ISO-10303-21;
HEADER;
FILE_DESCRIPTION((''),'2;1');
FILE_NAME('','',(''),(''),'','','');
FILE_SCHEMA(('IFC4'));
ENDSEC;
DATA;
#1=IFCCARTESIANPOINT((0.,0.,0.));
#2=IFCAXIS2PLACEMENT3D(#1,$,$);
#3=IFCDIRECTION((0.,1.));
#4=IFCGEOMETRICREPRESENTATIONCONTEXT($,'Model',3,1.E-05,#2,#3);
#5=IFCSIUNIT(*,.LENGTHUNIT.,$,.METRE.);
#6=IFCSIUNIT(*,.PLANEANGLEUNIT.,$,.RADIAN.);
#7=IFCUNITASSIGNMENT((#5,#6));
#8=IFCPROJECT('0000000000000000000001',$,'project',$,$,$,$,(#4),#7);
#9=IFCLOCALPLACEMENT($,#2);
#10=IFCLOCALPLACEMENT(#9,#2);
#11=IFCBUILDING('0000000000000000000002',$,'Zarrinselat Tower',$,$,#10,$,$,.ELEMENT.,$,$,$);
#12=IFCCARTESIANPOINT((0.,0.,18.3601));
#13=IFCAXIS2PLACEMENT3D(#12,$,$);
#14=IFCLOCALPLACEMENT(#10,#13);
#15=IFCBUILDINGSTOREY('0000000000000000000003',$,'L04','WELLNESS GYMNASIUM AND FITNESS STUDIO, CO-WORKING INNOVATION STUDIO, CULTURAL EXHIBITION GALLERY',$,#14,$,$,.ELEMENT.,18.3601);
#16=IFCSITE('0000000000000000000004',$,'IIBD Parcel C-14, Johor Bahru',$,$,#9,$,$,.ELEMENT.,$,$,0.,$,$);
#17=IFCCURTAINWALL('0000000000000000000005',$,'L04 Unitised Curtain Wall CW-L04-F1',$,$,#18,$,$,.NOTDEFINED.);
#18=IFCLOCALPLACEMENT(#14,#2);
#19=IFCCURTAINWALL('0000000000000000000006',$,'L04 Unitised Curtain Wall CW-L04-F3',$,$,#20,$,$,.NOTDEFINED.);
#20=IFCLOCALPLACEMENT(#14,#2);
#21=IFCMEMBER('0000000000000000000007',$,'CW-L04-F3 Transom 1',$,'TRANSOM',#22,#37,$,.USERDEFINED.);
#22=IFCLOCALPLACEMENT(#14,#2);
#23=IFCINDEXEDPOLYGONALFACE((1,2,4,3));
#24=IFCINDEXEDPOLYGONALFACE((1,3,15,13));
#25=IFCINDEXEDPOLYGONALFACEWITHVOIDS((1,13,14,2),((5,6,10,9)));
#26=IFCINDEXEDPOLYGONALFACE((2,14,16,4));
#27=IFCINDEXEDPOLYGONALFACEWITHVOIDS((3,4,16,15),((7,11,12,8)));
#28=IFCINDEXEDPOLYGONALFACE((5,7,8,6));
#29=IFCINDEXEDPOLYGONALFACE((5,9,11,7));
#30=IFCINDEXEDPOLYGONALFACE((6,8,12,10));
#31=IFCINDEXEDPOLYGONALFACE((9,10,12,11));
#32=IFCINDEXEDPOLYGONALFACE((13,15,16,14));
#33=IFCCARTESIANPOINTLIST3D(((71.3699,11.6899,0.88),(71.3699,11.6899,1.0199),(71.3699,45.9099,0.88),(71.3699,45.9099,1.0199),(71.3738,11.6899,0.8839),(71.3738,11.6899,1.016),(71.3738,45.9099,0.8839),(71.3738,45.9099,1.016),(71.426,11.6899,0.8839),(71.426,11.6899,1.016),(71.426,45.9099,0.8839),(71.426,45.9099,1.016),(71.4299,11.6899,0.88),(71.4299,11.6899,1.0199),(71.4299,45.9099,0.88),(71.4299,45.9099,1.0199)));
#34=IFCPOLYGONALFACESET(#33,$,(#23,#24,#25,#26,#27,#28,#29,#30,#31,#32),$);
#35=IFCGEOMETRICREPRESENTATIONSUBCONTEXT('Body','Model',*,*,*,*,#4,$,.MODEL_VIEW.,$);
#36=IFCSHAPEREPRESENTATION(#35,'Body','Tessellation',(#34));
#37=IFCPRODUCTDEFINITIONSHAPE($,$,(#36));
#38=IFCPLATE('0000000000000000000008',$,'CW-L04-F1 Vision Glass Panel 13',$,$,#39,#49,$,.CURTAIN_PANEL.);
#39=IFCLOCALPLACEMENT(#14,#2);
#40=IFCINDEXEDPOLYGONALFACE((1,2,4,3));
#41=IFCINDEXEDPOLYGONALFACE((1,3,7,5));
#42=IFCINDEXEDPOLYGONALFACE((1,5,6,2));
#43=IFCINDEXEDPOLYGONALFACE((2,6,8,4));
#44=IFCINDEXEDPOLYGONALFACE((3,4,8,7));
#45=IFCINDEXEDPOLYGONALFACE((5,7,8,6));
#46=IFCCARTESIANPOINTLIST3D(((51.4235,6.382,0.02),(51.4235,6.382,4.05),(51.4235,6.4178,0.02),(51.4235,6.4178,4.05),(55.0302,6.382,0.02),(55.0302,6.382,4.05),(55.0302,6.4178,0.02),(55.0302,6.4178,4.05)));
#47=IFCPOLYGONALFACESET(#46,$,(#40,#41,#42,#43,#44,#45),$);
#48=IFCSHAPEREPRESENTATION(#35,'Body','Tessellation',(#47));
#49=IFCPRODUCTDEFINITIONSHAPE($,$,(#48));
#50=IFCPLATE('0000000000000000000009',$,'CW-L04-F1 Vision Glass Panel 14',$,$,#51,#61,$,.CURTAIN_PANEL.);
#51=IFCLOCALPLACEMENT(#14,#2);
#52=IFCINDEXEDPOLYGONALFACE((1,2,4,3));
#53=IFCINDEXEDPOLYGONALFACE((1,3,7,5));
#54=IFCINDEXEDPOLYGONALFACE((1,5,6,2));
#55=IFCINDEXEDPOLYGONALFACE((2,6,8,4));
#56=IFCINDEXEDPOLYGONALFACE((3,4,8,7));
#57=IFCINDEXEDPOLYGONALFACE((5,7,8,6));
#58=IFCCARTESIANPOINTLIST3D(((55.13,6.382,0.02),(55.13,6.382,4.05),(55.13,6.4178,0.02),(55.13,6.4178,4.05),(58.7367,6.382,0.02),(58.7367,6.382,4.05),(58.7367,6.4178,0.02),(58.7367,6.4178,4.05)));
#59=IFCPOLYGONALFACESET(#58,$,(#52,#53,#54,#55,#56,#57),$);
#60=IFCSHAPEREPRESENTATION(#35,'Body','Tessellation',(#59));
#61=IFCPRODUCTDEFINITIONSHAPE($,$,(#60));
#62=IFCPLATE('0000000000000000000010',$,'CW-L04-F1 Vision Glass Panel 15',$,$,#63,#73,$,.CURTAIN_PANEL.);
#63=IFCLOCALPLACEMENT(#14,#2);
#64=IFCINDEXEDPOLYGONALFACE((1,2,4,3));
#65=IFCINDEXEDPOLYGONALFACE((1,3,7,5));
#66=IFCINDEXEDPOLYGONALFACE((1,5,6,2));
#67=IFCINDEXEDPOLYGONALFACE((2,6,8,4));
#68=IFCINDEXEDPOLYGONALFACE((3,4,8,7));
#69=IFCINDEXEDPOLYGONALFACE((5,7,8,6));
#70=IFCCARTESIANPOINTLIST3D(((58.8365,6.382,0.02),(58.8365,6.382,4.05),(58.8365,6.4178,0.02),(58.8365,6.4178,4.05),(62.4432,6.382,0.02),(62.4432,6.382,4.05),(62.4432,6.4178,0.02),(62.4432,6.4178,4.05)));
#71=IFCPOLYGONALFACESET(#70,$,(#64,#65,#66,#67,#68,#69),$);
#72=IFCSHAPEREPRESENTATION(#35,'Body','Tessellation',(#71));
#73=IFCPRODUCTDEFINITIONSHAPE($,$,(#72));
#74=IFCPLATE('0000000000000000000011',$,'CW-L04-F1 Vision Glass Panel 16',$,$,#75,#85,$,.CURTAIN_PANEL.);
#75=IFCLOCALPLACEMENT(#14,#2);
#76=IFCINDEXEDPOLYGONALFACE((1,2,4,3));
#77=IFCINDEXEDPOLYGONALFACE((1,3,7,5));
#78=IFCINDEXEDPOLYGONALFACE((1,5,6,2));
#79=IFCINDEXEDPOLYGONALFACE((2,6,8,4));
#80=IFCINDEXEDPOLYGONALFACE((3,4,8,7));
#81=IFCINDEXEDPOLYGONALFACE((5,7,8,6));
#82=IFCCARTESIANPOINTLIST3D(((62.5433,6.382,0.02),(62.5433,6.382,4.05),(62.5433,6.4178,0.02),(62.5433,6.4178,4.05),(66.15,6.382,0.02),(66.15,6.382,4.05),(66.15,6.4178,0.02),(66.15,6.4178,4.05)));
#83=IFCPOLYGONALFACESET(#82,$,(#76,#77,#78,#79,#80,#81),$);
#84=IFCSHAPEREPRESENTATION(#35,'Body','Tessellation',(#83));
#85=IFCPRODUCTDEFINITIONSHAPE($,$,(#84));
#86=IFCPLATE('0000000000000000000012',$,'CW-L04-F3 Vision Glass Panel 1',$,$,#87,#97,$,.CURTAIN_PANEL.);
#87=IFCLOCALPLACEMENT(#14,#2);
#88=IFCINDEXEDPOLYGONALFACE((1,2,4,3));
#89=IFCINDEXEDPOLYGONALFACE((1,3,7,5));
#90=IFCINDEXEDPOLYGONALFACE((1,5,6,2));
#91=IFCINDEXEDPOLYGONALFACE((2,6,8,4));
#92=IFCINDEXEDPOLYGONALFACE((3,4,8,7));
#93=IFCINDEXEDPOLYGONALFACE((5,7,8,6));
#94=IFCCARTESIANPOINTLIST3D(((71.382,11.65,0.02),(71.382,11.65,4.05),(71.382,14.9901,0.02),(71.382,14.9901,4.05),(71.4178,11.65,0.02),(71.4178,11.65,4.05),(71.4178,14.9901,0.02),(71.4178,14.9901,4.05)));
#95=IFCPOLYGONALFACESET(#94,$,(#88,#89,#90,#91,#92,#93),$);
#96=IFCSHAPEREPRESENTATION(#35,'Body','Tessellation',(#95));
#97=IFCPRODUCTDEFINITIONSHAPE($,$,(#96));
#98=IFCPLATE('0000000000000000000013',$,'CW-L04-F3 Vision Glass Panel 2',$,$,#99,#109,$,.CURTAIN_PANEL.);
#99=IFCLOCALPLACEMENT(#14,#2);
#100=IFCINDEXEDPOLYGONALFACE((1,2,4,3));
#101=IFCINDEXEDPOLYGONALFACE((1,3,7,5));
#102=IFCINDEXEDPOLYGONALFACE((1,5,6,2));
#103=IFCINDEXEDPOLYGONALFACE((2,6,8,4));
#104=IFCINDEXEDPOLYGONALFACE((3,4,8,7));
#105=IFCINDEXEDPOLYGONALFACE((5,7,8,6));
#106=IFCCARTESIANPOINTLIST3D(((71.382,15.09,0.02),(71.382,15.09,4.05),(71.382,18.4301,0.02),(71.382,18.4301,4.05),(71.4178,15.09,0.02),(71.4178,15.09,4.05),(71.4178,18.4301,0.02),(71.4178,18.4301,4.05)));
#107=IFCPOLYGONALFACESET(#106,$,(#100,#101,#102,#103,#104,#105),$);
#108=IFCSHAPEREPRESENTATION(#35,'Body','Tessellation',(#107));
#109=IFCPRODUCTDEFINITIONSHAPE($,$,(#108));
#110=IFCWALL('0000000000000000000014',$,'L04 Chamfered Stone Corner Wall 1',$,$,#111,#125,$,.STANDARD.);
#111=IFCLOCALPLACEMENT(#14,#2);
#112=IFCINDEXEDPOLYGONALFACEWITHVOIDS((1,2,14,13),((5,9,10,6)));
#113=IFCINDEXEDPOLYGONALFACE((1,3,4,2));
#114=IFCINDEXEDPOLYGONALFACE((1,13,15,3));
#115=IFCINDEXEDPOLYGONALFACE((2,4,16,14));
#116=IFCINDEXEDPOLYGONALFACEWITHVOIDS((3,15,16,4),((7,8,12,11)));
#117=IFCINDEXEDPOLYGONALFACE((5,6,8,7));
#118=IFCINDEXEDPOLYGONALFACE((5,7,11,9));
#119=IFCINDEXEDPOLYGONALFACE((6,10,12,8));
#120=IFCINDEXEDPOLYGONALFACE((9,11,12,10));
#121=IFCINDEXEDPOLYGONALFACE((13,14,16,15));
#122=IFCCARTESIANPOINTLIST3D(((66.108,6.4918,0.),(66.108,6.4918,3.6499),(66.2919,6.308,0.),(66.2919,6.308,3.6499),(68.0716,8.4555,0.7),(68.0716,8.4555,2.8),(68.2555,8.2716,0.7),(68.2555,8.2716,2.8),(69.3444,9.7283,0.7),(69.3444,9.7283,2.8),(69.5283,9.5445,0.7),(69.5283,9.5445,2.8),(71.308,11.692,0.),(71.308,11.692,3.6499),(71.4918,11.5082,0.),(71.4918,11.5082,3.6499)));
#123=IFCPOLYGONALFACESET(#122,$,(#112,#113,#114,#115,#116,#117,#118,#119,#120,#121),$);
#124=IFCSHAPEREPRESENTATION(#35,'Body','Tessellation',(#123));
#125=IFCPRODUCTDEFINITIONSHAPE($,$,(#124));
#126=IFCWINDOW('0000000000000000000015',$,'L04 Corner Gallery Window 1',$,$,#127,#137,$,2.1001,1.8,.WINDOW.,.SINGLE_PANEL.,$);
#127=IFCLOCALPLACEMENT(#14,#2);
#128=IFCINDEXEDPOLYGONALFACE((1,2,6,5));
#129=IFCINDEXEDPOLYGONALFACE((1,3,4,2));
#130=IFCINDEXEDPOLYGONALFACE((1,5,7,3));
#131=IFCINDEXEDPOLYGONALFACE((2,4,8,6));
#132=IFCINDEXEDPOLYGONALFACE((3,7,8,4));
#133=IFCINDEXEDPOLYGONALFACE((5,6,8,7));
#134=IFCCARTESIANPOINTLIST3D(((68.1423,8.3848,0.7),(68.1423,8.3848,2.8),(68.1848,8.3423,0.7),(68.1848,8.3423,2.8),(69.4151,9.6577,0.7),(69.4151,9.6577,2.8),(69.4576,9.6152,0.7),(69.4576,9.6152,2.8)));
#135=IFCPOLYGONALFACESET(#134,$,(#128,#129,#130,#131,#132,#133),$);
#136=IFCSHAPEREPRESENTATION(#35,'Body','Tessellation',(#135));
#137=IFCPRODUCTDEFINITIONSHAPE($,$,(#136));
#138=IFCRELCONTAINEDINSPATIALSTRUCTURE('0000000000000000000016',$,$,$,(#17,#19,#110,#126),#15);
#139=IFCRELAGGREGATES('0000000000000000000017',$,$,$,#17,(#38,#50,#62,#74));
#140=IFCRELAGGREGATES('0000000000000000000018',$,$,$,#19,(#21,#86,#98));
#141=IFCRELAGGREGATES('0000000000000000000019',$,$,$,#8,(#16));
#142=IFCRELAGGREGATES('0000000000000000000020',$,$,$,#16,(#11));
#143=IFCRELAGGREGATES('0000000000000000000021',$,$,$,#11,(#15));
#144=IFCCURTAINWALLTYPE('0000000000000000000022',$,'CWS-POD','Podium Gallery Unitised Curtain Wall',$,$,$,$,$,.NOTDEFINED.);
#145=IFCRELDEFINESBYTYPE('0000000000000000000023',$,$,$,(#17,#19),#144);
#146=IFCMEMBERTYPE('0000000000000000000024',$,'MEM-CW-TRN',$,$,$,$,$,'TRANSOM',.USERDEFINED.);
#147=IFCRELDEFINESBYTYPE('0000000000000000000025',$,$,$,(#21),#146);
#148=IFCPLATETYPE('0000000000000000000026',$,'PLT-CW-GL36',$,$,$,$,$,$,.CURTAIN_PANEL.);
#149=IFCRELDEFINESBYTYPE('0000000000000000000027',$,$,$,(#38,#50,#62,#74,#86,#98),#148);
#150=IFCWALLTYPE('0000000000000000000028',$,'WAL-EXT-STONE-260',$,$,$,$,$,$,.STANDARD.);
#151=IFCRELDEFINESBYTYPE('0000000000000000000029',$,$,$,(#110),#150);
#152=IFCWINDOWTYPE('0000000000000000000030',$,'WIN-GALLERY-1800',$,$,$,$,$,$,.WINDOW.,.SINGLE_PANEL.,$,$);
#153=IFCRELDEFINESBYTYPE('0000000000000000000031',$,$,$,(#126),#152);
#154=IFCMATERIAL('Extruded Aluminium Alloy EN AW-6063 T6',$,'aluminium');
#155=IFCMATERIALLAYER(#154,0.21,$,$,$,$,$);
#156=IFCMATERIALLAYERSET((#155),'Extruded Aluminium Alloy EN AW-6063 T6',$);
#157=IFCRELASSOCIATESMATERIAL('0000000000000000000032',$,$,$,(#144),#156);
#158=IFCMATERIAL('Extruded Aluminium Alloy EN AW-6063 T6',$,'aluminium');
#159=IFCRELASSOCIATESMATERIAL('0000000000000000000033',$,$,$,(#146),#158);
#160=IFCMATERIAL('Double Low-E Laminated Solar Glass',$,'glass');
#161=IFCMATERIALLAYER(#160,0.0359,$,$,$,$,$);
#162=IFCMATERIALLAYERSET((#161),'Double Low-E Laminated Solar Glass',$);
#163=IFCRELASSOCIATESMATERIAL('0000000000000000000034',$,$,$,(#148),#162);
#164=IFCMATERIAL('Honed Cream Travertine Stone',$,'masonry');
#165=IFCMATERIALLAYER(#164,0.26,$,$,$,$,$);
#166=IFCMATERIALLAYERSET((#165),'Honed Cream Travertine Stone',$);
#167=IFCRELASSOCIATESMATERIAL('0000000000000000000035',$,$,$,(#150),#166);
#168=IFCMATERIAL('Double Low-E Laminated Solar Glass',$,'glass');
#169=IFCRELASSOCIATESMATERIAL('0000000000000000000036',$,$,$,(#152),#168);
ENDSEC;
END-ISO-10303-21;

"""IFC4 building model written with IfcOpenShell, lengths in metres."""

from ifc_helpers import new_model, si_unit, direction, frame, frame_2d, origin, origin_2d, place, context, subcontext, project, spatial, rectangle, hollow_rectangle, extrude, material, layer, layer_set, material_profile, profile_set, type_object, element, fill, aggregate, save


model = new_model("IFC4")

# Units and contexts
model_context = context("Model", 3, precision=1e-05, world=origin(), true_north=direction((0.0, 1.0)))
body_context = subcontext(model_context, "Body", "Model", "MODEL_VIEW")
ifc_project = project(units=[si_unit("LENGTHUNIT", "METRE"), si_unit("PLANEANGLEUNIT", "RADIAN")], contexts=[model_context])

# Site, building, storey
site_placement = place(None, origin())
site = spatial("IfcSite", under=ifc_project, at=site_placement, Name="IIBD Parcel C-14, Johor Bahru", CompositionType="ELEMENT", RefElevation=0.0)
building_placement = place(site_placement, origin())
building = spatial("IfcBuilding", under=site, at=building_placement, Name="Zarrinselat Tower", CompositionType="ELEMENT")
storey_placement = place(building_placement, frame((0.0, 0.0, 18.3601)))
storey = spatial("IfcBuildingStorey", under=building, at=storey_placement, Name="L04", Description="WELLNESS GYMNASIUM AND FITNESS STUDIO, CO-WORKING INNOVATION STUDIO, CULTURAL EXHIBITION GALLERY", CompositionType="ELEMENT", Elevation=18.3601)

# Curtain walls, member
ifc_material_1 = material(Name="Extruded Aluminium Alloy EN AW-6063 T6", Category="aluminium")
ifc_layer_1 = layer(ifc_material_1, 0.21)
ifc_layer_set_1 = layer_set([ifc_layer_1], Name="Extruded Aluminium Alloy EN AW-6063 T6")
curtain_wall_type = type_object("IfcCurtainWallType", Name="CWS-POD", Description="Podium Gallery Unitised Curtain Wall", PredefinedType="NOTDEFINED", material=ifc_layer_set_1)
curtain_wall_1_placement = place(storey_placement, origin())
curtain_wall_1 = element("IfcCurtainWall", 1, at=curtain_wall_1_placement, inside=storey, type_object=curtain_wall_type, Name="L04 Unitised Curtain Wall CW-L04-F1", PredefinedType="NOTDEFINED")
curtain_wall_2_placement = place(storey_placement, origin())
curtain_wall_2 = element("IfcCurtainWall", 2, at=curtain_wall_2_placement, inside=storey, type_object=curtain_wall_type, Name="L04 Unitised Curtain Wall CW-L04-F3", PredefinedType="NOTDEFINED")
ifc_material_2 = material(Name="Extruded Aluminium Alloy EN AW-6063 T6", Category="aluminium")
ifc_material_profile_1 = material_profile(ifc_material_2, hollow_rectangle(XDim=0.0601, YDim=0.1399, WallThickness=0.0039, at=origin_2d()), Name="RHS 140x60x4")
ifc_profile_set_1 = profile_set([ifc_material_profile_1], Name="Extruded Aluminium Alloy EN AW-6063 T6")
member_type_1 = type_object("IfcMemberType", Name="MEM-CW-TRN", ElementType="TRANSOM", PredefinedType="USERDEFINED", material=ifc_profile_set_1)
member_1_placement = place(storey_placement, frame((71.3999, 11.6899, 0.95), z_axis=(0.0, 1.0, 0.0), x_axis=(-1.0, 0.0, 0.0)))
member_1 = element("IfcMember", 3, at=member_1_placement, type_object=member_type_1, Name="CW-L04-F3 Transom 1", ObjectType="TRANSOM", PredefinedType="USERDEFINED", context=body_context, shape_type="SweptSolid", body=[
    extrude(hollow_rectangle(XDim=0.0601, YDim=0.1399, WallThickness=0.0039, at=origin_2d()), origin(), (0.0, 0.0, 1.0), 34.22),
])

# Plates
ifc_material_3 = material(Name="Double Low-E Laminated Solar Glass", Category="glass")
ifc_layer_2 = layer(ifc_material_3, 0.0359)
ifc_layer_set_2 = layer_set([ifc_layer_2], Name="Double Low-E Laminated Solar Glass")
plate_type = type_object("IfcPlateType", Name="PLT-CW-GL36", PredefinedType="CURTAIN_PANEL", material=ifc_layer_set_2)
plate_1_placement = place(storey_placement, frame((53.2268, 6.3999, 0.02), z_axis=(0.0, 0.0, 1.0), x_axis=(1.0, 0.0, 0.0)))
plate_1 = element("IfcPlate", 4, at=plate_1_placement, type_object=plate_type, Name="CW-L04-F1 Vision Glass Panel 13", PredefinedType="CURTAIN_PANEL", context=body_context, shape_type="SweptSolid", body=[
    extrude(rectangle(XDim=3.6067, YDim=0.0359, at=origin_2d()), origin(), (0.0, 0.0, 1.0), 4.03),
])
plate_2_placement = place(storey_placement, frame((56.9333, 6.3999, 0.02), z_axis=(0.0, 0.0, 1.0), x_axis=(1.0, 0.0, 0.0)))
plate_2 = element("IfcPlate", 5, at=plate_2_placement, type_object=plate_type, Name="CW-L04-F1 Vision Glass Panel 14", PredefinedType="CURTAIN_PANEL", context=body_context, shape_type="SweptSolid", body=[
    extrude(rectangle(XDim=3.6067, YDim=0.0359, at=origin_2d()), origin(), (0.0, 0.0, 1.0), 4.03),
])
plate_3_placement = place(storey_placement, frame((60.6399, 6.3999, 0.02), z_axis=(0.0, 0.0, 1.0), x_axis=(1.0, 0.0, 0.0)))
plate_3 = element("IfcPlate", 6, at=plate_3_placement, type_object=plate_type, Name="CW-L04-F1 Vision Glass Panel 15", PredefinedType="CURTAIN_PANEL", context=body_context, shape_type="SweptSolid", body=[
    extrude(rectangle(XDim=3.6067, YDim=0.0359, at=origin_2d()), origin(), (0.0, 0.0, 1.0), 4.03),
])
plate_4_placement = place(storey_placement, frame((64.3467, 6.3999, 0.02), z_axis=(0.0, 0.0, 1.0), x_axis=(1.0, 0.0, 0.0)))
plate_4 = element("IfcPlate", 7, at=plate_4_placement, type_object=plate_type, Name="CW-L04-F1 Vision Glass Panel 16", PredefinedType="CURTAIN_PANEL", context=body_context, shape_type="SweptSolid", body=[
    extrude(rectangle(XDim=3.6067, YDim=0.0359, at=origin_2d()), origin(), (0.0, 0.0, 1.0), 4.03),
])
aggregate(curtain_wall_1, [plate_1, plate_2, plate_3, plate_4])
plate_5_placement = place(storey_placement, frame((71.3999, 13.3201, 0.02), z_axis=(0.0, 0.0, 1.0), x_axis=(0.0, 1.0, 0.0)))
plate_5 = element("IfcPlate", 8, at=plate_5_placement, type_object=plate_type, Name="CW-L04-F3 Vision Glass Panel 1", PredefinedType="CURTAIN_PANEL", context=body_context, shape_type="SweptSolid", body=[
    extrude(rectangle(XDim=3.3401, YDim=0.0359, at=origin_2d()), origin(), (0.0, 0.0, 1.0), 4.03),
])
plate_6_placement = place(storey_placement, frame((71.3999, 16.76, 0.02), z_axis=(0.0, 0.0, 1.0), x_axis=(0.0, 1.0, 0.0)))
plate_6 = element("IfcPlate", 9, at=plate_6_placement, type_object=plate_type, Name="CW-L04-F3 Vision Glass Panel 2", PredefinedType="CURTAIN_PANEL", context=body_context, shape_type="SweptSolid", body=[
    extrude(rectangle(XDim=3.3401, YDim=0.0359, at=origin_2d()), origin(), (0.0, 0.0, 1.0), 4.03),
])
aggregate(curtain_wall_2, [member_1, plate_5, plate_6])

# Wall, opening, window
ifc_material_4 = material(Name="Honed Cream Travertine Stone", Category="masonry")
ifc_layer_3 = layer(ifc_material_4, 0.26)
ifc_layer_set_3 = layer_set([ifc_layer_3], Name="Honed Cream Travertine Stone")
wall_type = type_object("IfcWallType", Name="WAL-EXT-STONE-260", PredefinedType="STANDARD", material=ifc_layer_set_3)
wall_placement = place(storey_placement, frame((66.2, 6.3999, 0.0), z_axis=(0.0, 0.0, 1.0), x_axis=(0.70709, 0.707123, 0.0)))
wall = element("IfcWall", 10, at=wall_placement, inside=storey, type_object=wall_type, Name="L04 Chamfered Stone Corner Wall 1", PredefinedType="STANDARD", context=body_context, shape_type="SweptSolid", body=[
    extrude(rectangle(XDim=7.354, YDim=0.26, at=frame_2d((3.677, 0.0))), origin(), (0.0, 0.0, 1.0), 3.6499),
])
opening_placement = place(wall_placement, frame((2.7771, 0.0, 0.7)))
opening = element("IfcOpeningElement", 11, at=opening_placement, cuts=wall, PredefinedType="OPENING", context=body_context, shape_type="SweptSolid", body=[
    extrude(rectangle(XDim=1.8, YDim=2.1001, at=frame_2d((0.8999, 1.05))), frame((0.0, 0.1399, 0.0), z_axis=(0.0, -1.0, 0.0), x_axis=(1.0, 0.0, 0.0)), (0.0, 0.0, 1.0), 0.28),
])
ifc_material_5 = material(Name="Double Low-E Laminated Solar Glass", Category="glass")
window_type = type_object("IfcWindowType", Name="WIN-GALLERY-1800", PartitioningType="SINGLE_PANEL", PredefinedType="WINDOW", material=ifc_material_5)
window_placement = place(opening_placement, origin())
window = element("IfcWindow", 12, at=window_placement, inside=storey, type_object=window_type, Name="L04 Corner Gallery Window 1", OverallHeight=2.1001, OverallWidth=1.8, PartitioningType="SINGLE_PANEL", PredefinedType="WINDOW", context=body_context, shape_type="SweptSolid", body=[
    extrude(rectangle(XDim=1.8, YDim=2.1001, at=frame_2d((0.8999, 1.05))), frame((0.0, 0.03, 0.0), z_axis=(0.0, -1.0, 0.0), x_axis=(1.0, 0.0, 0.0)), (0.0, 0.0, 1.0), 0.0601),
])
fill(opening, window)

save(model, "model.ifc")
